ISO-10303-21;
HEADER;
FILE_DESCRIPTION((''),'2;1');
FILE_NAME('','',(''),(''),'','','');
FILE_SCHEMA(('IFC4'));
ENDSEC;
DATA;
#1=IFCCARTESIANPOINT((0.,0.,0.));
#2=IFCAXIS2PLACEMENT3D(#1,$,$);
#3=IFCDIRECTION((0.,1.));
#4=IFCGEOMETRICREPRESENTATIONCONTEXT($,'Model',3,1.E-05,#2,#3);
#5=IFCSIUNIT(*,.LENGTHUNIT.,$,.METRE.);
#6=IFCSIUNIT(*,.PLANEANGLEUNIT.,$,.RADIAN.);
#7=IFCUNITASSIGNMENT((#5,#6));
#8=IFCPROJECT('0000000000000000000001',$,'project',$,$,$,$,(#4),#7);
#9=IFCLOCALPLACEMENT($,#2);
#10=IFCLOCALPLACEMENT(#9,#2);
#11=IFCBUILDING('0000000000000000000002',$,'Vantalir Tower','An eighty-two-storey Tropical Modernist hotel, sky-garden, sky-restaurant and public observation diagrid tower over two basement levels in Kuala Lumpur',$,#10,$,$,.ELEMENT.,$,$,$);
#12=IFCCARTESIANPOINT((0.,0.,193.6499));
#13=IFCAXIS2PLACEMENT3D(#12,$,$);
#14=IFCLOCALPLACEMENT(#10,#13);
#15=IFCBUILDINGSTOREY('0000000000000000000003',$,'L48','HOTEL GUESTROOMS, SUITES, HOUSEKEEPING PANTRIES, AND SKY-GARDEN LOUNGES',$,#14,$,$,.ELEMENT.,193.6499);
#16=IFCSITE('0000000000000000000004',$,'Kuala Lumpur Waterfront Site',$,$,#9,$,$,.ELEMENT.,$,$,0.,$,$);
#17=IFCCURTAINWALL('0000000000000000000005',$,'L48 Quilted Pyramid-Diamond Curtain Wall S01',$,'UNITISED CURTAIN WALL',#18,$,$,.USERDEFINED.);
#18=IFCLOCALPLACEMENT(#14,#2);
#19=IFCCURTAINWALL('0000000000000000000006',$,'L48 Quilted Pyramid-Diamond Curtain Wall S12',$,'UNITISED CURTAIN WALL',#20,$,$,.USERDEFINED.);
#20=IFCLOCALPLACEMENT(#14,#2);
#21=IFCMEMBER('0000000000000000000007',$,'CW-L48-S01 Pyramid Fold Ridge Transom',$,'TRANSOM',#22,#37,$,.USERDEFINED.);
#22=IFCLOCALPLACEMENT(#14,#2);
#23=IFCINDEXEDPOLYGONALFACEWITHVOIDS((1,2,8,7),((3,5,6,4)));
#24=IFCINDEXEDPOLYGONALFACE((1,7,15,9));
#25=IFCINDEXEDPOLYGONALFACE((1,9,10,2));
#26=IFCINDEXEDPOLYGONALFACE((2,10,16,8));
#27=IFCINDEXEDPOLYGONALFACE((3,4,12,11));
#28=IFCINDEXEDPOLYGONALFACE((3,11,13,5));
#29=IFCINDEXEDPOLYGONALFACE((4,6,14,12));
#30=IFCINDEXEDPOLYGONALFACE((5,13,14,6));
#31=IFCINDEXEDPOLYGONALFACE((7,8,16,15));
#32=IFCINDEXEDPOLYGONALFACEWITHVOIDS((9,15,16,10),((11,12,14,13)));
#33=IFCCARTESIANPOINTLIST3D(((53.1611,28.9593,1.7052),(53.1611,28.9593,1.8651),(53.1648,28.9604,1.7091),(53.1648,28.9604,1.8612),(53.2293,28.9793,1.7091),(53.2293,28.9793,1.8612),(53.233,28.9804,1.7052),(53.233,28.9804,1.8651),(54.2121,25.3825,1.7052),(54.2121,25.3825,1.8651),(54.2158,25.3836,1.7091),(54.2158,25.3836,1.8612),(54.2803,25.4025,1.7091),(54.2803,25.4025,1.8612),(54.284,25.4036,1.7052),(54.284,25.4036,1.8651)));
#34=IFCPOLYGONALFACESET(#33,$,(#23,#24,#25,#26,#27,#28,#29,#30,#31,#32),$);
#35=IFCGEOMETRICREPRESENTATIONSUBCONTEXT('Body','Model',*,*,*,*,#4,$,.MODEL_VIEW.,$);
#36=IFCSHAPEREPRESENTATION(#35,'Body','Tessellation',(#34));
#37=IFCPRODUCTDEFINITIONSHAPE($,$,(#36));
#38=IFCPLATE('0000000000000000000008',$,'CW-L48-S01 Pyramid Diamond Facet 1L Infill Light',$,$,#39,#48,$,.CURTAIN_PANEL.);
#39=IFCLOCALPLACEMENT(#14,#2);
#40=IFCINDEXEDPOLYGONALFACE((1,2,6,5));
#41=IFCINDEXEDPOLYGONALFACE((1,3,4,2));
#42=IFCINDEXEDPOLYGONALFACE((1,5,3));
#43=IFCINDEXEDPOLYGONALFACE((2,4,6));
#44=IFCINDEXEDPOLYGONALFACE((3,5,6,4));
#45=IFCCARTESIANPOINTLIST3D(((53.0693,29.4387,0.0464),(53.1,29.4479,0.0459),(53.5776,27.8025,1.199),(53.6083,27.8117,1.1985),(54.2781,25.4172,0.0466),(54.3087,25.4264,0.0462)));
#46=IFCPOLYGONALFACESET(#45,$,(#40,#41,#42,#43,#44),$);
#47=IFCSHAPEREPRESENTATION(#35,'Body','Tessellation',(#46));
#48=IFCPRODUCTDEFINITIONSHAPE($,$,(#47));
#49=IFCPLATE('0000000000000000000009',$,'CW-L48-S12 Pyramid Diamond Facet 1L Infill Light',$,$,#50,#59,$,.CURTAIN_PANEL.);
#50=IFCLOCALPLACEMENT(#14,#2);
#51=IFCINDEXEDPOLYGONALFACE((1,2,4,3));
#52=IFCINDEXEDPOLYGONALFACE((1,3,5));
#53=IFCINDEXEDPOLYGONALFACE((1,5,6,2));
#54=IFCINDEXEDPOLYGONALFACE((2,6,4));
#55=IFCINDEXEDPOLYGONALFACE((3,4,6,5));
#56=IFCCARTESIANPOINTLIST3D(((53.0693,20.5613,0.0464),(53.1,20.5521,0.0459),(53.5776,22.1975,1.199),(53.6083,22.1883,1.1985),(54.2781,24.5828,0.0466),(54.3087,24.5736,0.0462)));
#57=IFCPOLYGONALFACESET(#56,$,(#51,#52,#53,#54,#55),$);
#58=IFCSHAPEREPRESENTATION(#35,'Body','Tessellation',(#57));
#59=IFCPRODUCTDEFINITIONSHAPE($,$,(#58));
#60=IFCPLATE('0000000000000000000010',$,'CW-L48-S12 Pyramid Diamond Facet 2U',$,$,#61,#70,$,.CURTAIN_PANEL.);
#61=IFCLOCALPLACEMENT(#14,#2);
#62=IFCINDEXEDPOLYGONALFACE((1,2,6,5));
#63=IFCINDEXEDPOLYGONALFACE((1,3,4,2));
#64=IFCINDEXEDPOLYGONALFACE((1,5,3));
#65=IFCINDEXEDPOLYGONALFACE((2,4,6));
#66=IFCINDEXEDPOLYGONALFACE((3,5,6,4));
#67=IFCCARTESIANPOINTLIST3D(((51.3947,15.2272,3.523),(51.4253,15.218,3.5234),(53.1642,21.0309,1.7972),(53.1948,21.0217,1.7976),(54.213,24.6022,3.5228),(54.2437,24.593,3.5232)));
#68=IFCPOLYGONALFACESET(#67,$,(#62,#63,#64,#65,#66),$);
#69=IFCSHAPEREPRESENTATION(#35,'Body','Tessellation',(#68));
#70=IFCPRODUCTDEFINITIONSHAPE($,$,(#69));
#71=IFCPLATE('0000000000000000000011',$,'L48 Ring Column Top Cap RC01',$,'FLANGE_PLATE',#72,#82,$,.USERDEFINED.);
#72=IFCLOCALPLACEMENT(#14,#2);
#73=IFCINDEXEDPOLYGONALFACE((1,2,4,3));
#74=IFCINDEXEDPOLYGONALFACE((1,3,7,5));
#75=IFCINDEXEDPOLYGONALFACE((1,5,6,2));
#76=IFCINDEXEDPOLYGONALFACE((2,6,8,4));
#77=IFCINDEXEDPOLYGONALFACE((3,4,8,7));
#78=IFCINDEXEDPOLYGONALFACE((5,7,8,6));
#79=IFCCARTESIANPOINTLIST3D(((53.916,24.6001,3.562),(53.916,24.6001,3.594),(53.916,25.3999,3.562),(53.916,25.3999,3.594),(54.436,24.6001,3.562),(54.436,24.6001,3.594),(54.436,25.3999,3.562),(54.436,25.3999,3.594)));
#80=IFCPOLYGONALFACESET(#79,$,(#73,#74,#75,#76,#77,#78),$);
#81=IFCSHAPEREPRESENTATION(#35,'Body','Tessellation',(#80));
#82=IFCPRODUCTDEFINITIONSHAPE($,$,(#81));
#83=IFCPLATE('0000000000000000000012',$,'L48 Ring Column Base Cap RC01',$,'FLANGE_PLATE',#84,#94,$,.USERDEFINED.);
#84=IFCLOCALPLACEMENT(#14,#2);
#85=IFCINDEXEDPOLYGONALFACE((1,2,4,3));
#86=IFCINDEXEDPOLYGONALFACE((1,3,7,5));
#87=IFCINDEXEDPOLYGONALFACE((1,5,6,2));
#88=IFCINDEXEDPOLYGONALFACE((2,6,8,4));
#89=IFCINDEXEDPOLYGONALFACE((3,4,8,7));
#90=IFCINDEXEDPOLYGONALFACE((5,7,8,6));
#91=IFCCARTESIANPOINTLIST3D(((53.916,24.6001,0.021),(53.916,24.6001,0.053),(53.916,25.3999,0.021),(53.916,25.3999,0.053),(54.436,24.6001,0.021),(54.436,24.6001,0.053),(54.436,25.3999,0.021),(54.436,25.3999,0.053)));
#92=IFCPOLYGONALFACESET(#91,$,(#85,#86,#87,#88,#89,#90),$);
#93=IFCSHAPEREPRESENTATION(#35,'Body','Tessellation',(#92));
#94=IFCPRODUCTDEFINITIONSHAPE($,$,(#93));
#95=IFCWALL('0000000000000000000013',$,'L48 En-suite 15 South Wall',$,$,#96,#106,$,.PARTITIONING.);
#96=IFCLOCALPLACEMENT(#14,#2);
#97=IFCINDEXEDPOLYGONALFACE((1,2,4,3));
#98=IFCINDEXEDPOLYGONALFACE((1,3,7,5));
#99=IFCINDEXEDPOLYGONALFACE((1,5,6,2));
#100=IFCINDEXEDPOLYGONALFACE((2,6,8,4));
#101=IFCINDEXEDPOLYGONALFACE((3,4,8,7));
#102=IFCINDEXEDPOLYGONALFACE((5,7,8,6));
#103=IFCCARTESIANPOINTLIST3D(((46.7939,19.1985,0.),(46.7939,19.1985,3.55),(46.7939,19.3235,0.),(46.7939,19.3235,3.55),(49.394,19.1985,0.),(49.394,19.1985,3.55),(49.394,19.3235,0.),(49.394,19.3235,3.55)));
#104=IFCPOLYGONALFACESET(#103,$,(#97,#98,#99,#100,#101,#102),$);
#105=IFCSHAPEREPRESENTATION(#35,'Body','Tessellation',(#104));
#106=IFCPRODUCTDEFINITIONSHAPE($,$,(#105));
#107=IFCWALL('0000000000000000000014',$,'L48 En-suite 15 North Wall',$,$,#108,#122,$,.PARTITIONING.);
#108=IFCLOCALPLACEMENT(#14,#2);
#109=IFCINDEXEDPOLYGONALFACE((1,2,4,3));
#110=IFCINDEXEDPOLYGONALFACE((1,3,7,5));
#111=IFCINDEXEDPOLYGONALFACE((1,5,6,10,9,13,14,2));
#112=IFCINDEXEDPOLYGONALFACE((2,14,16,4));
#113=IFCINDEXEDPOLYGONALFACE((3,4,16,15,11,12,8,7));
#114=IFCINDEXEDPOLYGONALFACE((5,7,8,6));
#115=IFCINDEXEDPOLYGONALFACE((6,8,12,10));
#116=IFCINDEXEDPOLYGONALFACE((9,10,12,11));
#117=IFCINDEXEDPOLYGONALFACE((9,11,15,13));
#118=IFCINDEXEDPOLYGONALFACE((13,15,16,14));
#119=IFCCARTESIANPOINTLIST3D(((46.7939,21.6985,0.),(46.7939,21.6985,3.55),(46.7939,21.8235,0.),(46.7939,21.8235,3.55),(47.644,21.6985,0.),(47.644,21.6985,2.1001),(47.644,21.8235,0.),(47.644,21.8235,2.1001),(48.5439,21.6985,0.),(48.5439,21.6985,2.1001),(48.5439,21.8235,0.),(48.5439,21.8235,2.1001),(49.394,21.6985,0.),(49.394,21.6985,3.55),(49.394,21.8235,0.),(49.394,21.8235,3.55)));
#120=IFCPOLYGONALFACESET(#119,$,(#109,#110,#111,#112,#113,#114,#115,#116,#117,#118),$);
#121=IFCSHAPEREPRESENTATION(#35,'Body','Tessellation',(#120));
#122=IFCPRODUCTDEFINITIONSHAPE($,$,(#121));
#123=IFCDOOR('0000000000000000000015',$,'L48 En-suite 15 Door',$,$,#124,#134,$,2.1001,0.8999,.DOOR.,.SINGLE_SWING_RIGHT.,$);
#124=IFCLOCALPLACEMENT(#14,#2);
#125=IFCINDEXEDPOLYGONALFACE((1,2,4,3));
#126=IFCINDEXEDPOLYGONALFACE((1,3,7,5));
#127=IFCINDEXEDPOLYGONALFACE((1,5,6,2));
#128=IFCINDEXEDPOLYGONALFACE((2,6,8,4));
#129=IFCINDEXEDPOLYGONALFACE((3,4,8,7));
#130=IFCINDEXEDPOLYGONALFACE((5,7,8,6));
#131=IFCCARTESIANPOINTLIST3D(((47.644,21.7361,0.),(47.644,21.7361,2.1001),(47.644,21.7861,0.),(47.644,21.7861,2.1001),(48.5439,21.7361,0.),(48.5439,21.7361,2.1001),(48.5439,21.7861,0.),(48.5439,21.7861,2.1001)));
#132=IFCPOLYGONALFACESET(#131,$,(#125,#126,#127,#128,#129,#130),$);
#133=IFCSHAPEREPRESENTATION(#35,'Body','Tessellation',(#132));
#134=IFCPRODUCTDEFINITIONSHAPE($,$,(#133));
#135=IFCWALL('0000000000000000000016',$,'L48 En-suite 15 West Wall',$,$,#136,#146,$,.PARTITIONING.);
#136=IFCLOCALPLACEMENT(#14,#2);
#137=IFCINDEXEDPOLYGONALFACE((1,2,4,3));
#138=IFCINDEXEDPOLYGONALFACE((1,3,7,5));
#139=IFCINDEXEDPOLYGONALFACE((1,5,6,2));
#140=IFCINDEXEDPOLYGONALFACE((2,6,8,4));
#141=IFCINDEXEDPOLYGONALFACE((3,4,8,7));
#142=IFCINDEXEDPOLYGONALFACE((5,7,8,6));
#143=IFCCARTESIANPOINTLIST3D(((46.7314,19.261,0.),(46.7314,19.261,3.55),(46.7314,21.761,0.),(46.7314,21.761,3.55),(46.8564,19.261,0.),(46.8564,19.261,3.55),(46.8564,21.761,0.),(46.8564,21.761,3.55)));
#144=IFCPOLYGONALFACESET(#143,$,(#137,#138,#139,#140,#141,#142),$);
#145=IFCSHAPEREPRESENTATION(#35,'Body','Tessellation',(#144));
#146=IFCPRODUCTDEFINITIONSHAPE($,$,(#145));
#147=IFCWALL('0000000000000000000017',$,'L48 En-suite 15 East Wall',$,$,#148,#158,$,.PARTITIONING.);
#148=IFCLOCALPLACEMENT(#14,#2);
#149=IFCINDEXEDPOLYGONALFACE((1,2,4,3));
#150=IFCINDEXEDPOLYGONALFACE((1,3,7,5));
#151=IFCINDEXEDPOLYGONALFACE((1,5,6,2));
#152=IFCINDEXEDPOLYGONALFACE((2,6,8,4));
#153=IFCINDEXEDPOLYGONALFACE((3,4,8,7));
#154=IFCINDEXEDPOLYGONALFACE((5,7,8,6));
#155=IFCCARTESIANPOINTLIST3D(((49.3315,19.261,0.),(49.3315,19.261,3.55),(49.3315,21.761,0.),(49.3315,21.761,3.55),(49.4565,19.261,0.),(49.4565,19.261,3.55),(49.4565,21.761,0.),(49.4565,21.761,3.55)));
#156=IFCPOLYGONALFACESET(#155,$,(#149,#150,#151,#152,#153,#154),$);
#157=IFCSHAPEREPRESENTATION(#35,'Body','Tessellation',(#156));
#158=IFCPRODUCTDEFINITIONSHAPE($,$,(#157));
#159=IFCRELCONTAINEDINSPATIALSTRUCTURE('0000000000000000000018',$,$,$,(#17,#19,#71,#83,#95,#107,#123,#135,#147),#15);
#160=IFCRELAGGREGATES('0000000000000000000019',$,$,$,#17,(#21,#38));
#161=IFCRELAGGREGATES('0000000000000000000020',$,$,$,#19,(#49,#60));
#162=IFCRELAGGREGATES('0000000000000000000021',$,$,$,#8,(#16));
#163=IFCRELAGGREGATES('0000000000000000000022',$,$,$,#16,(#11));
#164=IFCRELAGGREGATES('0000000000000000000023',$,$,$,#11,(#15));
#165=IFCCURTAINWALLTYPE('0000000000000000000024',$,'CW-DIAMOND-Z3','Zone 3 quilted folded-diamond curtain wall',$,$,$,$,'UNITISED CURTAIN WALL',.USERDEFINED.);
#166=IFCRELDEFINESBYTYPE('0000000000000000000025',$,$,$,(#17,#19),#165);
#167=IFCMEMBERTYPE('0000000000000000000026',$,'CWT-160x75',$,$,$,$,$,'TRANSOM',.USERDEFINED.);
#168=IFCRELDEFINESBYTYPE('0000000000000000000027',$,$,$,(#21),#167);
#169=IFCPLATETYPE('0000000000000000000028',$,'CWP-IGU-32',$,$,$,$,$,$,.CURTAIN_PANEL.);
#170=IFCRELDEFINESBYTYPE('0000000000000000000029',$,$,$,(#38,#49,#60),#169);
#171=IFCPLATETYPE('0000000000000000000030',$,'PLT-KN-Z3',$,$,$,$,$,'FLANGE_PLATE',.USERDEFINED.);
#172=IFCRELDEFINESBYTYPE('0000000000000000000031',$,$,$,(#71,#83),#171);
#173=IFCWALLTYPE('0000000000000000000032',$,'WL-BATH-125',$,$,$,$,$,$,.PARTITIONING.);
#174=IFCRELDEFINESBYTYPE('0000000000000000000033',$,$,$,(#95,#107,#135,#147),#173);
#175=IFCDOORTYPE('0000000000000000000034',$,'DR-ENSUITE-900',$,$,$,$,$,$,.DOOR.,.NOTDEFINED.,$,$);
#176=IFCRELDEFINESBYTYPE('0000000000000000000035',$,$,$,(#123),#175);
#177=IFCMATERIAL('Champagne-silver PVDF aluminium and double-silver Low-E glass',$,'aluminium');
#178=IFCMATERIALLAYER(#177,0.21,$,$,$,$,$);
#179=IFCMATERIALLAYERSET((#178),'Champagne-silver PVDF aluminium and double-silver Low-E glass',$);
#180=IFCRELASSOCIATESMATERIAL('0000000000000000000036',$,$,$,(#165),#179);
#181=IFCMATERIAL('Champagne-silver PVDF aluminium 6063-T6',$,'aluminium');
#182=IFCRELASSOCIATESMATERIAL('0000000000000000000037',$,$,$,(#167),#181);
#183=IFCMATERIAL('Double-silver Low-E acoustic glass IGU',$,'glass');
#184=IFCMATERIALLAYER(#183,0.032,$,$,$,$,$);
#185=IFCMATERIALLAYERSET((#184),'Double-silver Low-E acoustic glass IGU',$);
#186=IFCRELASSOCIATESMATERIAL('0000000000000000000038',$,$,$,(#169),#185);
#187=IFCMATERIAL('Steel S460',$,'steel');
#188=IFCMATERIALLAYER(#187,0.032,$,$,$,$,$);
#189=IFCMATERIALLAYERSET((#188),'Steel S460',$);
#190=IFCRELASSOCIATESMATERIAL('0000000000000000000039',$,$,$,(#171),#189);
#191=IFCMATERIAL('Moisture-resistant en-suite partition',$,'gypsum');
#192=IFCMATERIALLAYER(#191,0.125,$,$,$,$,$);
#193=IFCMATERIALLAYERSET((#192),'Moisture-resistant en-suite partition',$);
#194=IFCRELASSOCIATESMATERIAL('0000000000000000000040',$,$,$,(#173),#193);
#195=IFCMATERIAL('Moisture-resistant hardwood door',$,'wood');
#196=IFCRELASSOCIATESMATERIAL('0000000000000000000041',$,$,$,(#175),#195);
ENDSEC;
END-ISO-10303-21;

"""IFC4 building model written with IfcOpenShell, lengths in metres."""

from ifc_helpers import new_model, si_unit, direction, frame, frame_2d, origin, origin_2d, place, context, subcontext, project, spatial, polyline, rectangle, hollow_rectangle, outline, extrude, material, layer, layer_set, material_profile, profile_set, type_object, element, fill, aggregate, save


model = new_model("IFC4")

# Units and contexts
model_context = context("Model", 3, precision=1e-05, world=origin(), true_north=direction((0.0, 1.0)))
body_context = subcontext(model_context, "Body", "Model", "MODEL_VIEW")
ifc_project = project(units=[si_unit("LENGTHUNIT", "METRE"), si_unit("PLANEANGLEUNIT", "RADIAN")], contexts=[model_context])

# Site, building, storey
site_placement = place(None, origin())
site = spatial("IfcSite", under=ifc_project, at=site_placement, Name="Kuala Lumpur Waterfront Site", CompositionType="ELEMENT", RefElevation=0.0)
building_placement = place(site_placement, origin())
building = spatial("IfcBuilding", under=site, at=building_placement, Name="Vantalir Tower", Description="An eighty-two-storey Tropical Modernist hotel, sky-garden, sky-restaurant and public observation diagrid tower over two basement levels in Kuala Lumpur", CompositionType="ELEMENT")
storey_placement = place(building_placement, frame((0.0, 0.0, 193.6499)))
storey = spatial("IfcBuildingStorey", under=building, at=storey_placement, Name="L48", Description="HOTEL GUESTROOMS, SUITES, HOUSEKEEPING PANTRIES, AND SKY-GARDEN LOUNGES", CompositionType="ELEMENT", Elevation=193.6499)

# Shared definitions
ifc_material_1 = material(Name="Steel S460", Category="steel")

# Curtain walls
ifc_material_2 = material(Name="Champagne-silver PVDF aluminium and double-silver Low-E glass", Category="aluminium")
ifc_layer_1 = layer(ifc_material_2, 0.21)
ifc_layer_set_1 = layer_set([ifc_layer_1], Name="Champagne-silver PVDF aluminium and double-silver Low-E glass")
curtain_wall_type = type_object("IfcCurtainWallType", Name="CW-DIAMOND-Z3", Description="Zone 3 quilted folded-diamond curtain wall", ElementType="UNITISED CURTAIN WALL", PredefinedType="USERDEFINED", material=ifc_layer_set_1)
curtain_wall_1_placement = place(storey_placement, origin())
curtain_wall_1 = element("IfcCurtainWall", 1, at=curtain_wall_1_placement, inside=storey, type_object=curtain_wall_type, Name="L48 Quilted Pyramid-Diamond Curtain Wall S01", ObjectType="UNITISED CURTAIN WALL", PredefinedType="USERDEFINED")
ifc_material_3 = material(Name="Champagne-silver PVDF aluminium 6063-T6", Category="aluminium")
curtain_wall_2_placement = place(storey_placement, origin())
curtain_wall_2 = element("IfcCurtainWall", 2, at=curtain_wall_2_placement, inside=storey, type_object=curtain_wall_type, Name="L48 Quilted Pyramid-Diamond Curtain Wall S12", ObjectType="UNITISED CURTAIN WALL", PredefinedType="USERDEFINED")

# Member
ifc_material_profile_1 = material_profile(ifc_material_3, hollow_rectangle(XDim=0.075, YDim=0.1599, WallThickness=0.0039, at=origin_2d()), Name="Champagne-silver PVDF aluminium 6063-T6")
ifc_profile_set_1 = profile_set([ifc_material_profile_1], Name="Champagne-silver PVDF aluminium 6063-T6")
member_type_1 = type_object("IfcMemberType", Name="CWT-160x75", ElementType="TRANSOM", PredefinedType="USERDEFINED", material=ifc_profile_set_1)
member_1_placement = place(storey_placement, frame((54.248, 25.3931, 1.7852), z_axis=(-0.281918, 0.959438, 0.0), x_axis=(-0.959438, -0.281918, 0.0)))
member_1 = element("IfcMember", 3, at=member_1_placement, type_object=member_type_1, Name="CW-L48-S01 Pyramid Fold Ridge Transom", ObjectType="TRANSOM", PredefinedType="USERDEFINED", context=body_context, shape_type="SweptSolid", body=[
    extrude(hollow_rectangle(XDim=0.075, YDim=0.1599, WallThickness=0.0039, at=origin_2d()), origin(), (0.0, 0.0, 1.0), 3.728),
])

# Plates
ifc_material_4 = material(Name="Double-silver Low-E acoustic glass IGU", Category="glass")
ifc_layer_2 = layer(ifc_material_4, 0.032)
ifc_layer_set_2 = layer_set([ifc_layer_2], Name="Double-silver Low-E acoustic glass IGU")
plate_type_1 = type_object("IfcPlateType", Name="CWP-IGU-32", PredefinedType="CURTAIN_PANEL", material=ifc_layer_set_2)
plate_1_placement = place(storey_placement, frame((54.2781, 25.4172, 0.0466), z_axis=(-0.957586, -0.287821, 0.013708), x_axis=(-0.287849, 0.957676, -0.000058)))
plate_1 = element("IfcPlate", 4, at=plate_1_placement, type_object=plate_type_1, Name="CW-L48-S01 Pyramid Diamond Facet 1L Infill Light", PredefinedType="CURTAIN_PANEL", context=body_context, shape_type="SweptSolid", body=[
    extrude(outline(polyline([(0.0, 0.0), (4.1992, 0.0), (2.4859, -1.1526), (0.0, 0.0)])), origin(), (0.0, 0.0, -1.0), 0.032),
])
aggregate(curtain_wall_1, [member_1, plate_1])
plate_2_placement = place(storey_placement, frame((53.0693, 20.5613, 0.0464), z_axis=(-0.957586, 0.287821, 0.013708), x_axis=(0.287849, 0.957676, 0.000058)))
plate_2 = element("IfcPlate", 5, at=plate_2_placement, type_object=plate_type_1, Name="CW-L48-S12 Pyramid Diamond Facet 1L Infill Light", PredefinedType="CURTAIN_PANEL", context=body_context, shape_type="SweptSolid", body=[
    extrude(outline(polyline([(0.0, 0.0), (4.1992, 0.0), (1.7134, -1.1526), (0.0, 0.0)])), origin(), (0.0, 0.0, -1.0), 0.032),
])
plate_3_placement = place(storey_placement, frame((54.2437, 24.593, 3.5232), z_axis=(0.957571, -0.287869, 0.013756), x_axis=(-0.287897, -0.957661, 0.000025)))
plate_3 = element("IfcPlate", 6, at=plate_3_placement, type_object=plate_type_1, Name="CW-L48-S12 Pyramid Diamond Facet 2U", PredefinedType="CURTAIN_PANEL", context=body_context, shape_type="SweptSolid", body=[
    extrude(outline(polyline([(0.0, 0.0), (9.7895, 0.0), (3.722, 1.7258), (0.0, 0.0)])), origin(), (0.0, 0.0, -1.0), 0.032),
])
aggregate(curtain_wall_2, [plate_2, plate_3])

# Plates
ifc_layer_3 = layer(ifc_material_1, 0.032)
ifc_layer_set_3 = layer_set([ifc_layer_3], Name="Steel S460")
plate_type_2 = type_object("IfcPlateType", Name="PLT-KN-Z3", ElementType="FLANGE_PLATE", PredefinedType="USERDEFINED", material=ifc_layer_set_3)
for number, where, z_axis, x_axis, name in (
    (7, (53.916, 25.3999, 3.594), (0.0, 0.0, 1.0), (0.0, -1.0, 0.0), "L48 Ring Column Top Cap RC01"),
    (8, (53.916, 25.3999, 0.053), (0.0, 0.0, 1.0), (0.0, -1.0, 0.0), "L48 Ring Column Base Cap RC01"),
):
    element("IfcPlate", number, at=place(storey_placement, frame(where, z_axis=z_axis, x_axis=x_axis)), inside=storey, type_object=plate_type_2, Name=name, ObjectType="FLANGE_PLATE", PredefinedType="USERDEFINED", context=body_context, shape_type="SweptSolid", body=[
        extrude(outline(polyline([(0.0, 0.0), (0.7998, 0.0), (0.7998, 0.52), (0.0, 0.52), (0.0, 0.0)])), origin(), (0.0, 0.0, -1.0), 0.032),
    ])

# Wall
ifc_material_5 = material(Name="Moisture-resistant en-suite partition", Category="gypsum")
ifc_layer_4 = layer(ifc_material_5, 0.125)
ifc_layer_set_4 = layer_set([ifc_layer_4], Name="Moisture-resistant en-suite partition")
wall_type_1 = type_object("IfcWallType", Name="WL-BATH-125", PredefinedType="PARTITIONING", material=ifc_layer_set_4)
wall_1_placement = place(storey_placement, frame((46.7939, 19.261, 0.0), z_axis=(0.0, 0.0, 1.0), x_axis=(1.0, 0.0, 0.0)))
element("IfcWall", 9, at=wall_1_placement, inside=storey, type_object=wall_type_1, Name="L48 En-suite 15 South Wall", PredefinedType="PARTITIONING", context=body_context, shape_type="SweptSolid", body=[
    extrude(rectangle(XDim=2.6001, YDim=0.125, at=frame_2d((1.3, 0.0))), origin(), (0.0, 0.0, 1.0), 3.55),
])

# Wall, opening, door
wall_2_placement = place(storey_placement, frame((46.7939, 21.761, 0.0), z_axis=(0.0, 0.0, 1.0), x_axis=(1.0, 0.0, 0.0)))
wall_2 = element("IfcWall", 10, at=wall_2_placement, inside=storey, type_object=wall_type_1, Name="L48 En-suite 15 North Wall", PredefinedType="PARTITIONING", context=body_context, shape_type="SweptSolid", body=[
    extrude(rectangle(XDim=2.6001, YDim=0.125, at=frame_2d((1.3, 0.0))), origin(), (0.0, 0.0, 1.0), 3.55),
])
opening_1_placement = place(wall_2_placement, frame((0.8501, 0.0, 0.0)))
opening_1 = element("IfcOpeningElement", 11, at=opening_1_placement, cuts=wall_2, PredefinedType="OPENING", context=body_context, shape_type="SweptSolid", body=[
    extrude(rectangle(XDim=0.8999, YDim=2.1001, at=frame_2d((0.45, 1.05))), frame((0.0, 0.0725, 0.0), z_axis=(0.0, -1.0, 0.0), x_axis=(1.0, 0.0, 0.0)), (0.0, 0.0, 1.0), 0.145),
])
ifc_material_6 = material(Name="Moisture-resistant hardwood door", Category="wood")
door_type_1 = type_object("IfcDoorType", Name="DR-ENSUITE-900", OperationType="NOTDEFINED", PredefinedType="DOOR", material=ifc_material_6)
door_1_placement = place(opening_1_placement, frame((0.8999, 0.0, 0.0), z_axis=(0.0, 0.0, 1.0), x_axis=(-1.0, 0.0, 0.0)))
door_1 = element("IfcDoor", 12, at=door_1_placement, inside=storey, type_object=door_type_1, Name="L48 En-suite 15 Door", OperationType="SINGLE_SWING_RIGHT", OverallHeight=2.1001, OverallWidth=0.8999, PredefinedType="DOOR", context=body_context, shape_type="SweptSolid", body=[
    extrude(rectangle(XDim=0.8999, YDim=2.1001, at=frame_2d((0.45, 1.05))), frame((0.0, 0.0249, 0.0), z_axis=(0.0, -1.0, 0.0), x_axis=(1.0, 0.0, 0.0)), (0.0, 0.0, 1.0), 0.05),
])
fill(opening_1, door_1)

# Walls
for number, where, z_axis, x_axis, name in (
    (13, (46.7939, 19.261, 0.0), (0.0, 0.0, 1.0), (0.0, 1.0, 0.0), "L48 En-suite 15 West Wall"),
    (14, (49.394, 19.261, 0.0), (0.0, 0.0, 1.0), (0.0, 1.0, 0.0), "L48 En-suite 15 East Wall"),
):
    element("IfcWall", number, at=place(storey_placement, frame(where, z_axis=z_axis, x_axis=x_axis)), inside=storey, type_object=wall_type_1, Name=name, PredefinedType="PARTITIONING", context=body_context, shape_type="SweptSolid", body=[
        extrude(rectangle(XDim=2.5, YDim=0.125, at=frame_2d((1.25, 0.0))), origin(), (0.0, 0.0, 1.0), 3.55),
    ])

save(model, "model.ifc")
